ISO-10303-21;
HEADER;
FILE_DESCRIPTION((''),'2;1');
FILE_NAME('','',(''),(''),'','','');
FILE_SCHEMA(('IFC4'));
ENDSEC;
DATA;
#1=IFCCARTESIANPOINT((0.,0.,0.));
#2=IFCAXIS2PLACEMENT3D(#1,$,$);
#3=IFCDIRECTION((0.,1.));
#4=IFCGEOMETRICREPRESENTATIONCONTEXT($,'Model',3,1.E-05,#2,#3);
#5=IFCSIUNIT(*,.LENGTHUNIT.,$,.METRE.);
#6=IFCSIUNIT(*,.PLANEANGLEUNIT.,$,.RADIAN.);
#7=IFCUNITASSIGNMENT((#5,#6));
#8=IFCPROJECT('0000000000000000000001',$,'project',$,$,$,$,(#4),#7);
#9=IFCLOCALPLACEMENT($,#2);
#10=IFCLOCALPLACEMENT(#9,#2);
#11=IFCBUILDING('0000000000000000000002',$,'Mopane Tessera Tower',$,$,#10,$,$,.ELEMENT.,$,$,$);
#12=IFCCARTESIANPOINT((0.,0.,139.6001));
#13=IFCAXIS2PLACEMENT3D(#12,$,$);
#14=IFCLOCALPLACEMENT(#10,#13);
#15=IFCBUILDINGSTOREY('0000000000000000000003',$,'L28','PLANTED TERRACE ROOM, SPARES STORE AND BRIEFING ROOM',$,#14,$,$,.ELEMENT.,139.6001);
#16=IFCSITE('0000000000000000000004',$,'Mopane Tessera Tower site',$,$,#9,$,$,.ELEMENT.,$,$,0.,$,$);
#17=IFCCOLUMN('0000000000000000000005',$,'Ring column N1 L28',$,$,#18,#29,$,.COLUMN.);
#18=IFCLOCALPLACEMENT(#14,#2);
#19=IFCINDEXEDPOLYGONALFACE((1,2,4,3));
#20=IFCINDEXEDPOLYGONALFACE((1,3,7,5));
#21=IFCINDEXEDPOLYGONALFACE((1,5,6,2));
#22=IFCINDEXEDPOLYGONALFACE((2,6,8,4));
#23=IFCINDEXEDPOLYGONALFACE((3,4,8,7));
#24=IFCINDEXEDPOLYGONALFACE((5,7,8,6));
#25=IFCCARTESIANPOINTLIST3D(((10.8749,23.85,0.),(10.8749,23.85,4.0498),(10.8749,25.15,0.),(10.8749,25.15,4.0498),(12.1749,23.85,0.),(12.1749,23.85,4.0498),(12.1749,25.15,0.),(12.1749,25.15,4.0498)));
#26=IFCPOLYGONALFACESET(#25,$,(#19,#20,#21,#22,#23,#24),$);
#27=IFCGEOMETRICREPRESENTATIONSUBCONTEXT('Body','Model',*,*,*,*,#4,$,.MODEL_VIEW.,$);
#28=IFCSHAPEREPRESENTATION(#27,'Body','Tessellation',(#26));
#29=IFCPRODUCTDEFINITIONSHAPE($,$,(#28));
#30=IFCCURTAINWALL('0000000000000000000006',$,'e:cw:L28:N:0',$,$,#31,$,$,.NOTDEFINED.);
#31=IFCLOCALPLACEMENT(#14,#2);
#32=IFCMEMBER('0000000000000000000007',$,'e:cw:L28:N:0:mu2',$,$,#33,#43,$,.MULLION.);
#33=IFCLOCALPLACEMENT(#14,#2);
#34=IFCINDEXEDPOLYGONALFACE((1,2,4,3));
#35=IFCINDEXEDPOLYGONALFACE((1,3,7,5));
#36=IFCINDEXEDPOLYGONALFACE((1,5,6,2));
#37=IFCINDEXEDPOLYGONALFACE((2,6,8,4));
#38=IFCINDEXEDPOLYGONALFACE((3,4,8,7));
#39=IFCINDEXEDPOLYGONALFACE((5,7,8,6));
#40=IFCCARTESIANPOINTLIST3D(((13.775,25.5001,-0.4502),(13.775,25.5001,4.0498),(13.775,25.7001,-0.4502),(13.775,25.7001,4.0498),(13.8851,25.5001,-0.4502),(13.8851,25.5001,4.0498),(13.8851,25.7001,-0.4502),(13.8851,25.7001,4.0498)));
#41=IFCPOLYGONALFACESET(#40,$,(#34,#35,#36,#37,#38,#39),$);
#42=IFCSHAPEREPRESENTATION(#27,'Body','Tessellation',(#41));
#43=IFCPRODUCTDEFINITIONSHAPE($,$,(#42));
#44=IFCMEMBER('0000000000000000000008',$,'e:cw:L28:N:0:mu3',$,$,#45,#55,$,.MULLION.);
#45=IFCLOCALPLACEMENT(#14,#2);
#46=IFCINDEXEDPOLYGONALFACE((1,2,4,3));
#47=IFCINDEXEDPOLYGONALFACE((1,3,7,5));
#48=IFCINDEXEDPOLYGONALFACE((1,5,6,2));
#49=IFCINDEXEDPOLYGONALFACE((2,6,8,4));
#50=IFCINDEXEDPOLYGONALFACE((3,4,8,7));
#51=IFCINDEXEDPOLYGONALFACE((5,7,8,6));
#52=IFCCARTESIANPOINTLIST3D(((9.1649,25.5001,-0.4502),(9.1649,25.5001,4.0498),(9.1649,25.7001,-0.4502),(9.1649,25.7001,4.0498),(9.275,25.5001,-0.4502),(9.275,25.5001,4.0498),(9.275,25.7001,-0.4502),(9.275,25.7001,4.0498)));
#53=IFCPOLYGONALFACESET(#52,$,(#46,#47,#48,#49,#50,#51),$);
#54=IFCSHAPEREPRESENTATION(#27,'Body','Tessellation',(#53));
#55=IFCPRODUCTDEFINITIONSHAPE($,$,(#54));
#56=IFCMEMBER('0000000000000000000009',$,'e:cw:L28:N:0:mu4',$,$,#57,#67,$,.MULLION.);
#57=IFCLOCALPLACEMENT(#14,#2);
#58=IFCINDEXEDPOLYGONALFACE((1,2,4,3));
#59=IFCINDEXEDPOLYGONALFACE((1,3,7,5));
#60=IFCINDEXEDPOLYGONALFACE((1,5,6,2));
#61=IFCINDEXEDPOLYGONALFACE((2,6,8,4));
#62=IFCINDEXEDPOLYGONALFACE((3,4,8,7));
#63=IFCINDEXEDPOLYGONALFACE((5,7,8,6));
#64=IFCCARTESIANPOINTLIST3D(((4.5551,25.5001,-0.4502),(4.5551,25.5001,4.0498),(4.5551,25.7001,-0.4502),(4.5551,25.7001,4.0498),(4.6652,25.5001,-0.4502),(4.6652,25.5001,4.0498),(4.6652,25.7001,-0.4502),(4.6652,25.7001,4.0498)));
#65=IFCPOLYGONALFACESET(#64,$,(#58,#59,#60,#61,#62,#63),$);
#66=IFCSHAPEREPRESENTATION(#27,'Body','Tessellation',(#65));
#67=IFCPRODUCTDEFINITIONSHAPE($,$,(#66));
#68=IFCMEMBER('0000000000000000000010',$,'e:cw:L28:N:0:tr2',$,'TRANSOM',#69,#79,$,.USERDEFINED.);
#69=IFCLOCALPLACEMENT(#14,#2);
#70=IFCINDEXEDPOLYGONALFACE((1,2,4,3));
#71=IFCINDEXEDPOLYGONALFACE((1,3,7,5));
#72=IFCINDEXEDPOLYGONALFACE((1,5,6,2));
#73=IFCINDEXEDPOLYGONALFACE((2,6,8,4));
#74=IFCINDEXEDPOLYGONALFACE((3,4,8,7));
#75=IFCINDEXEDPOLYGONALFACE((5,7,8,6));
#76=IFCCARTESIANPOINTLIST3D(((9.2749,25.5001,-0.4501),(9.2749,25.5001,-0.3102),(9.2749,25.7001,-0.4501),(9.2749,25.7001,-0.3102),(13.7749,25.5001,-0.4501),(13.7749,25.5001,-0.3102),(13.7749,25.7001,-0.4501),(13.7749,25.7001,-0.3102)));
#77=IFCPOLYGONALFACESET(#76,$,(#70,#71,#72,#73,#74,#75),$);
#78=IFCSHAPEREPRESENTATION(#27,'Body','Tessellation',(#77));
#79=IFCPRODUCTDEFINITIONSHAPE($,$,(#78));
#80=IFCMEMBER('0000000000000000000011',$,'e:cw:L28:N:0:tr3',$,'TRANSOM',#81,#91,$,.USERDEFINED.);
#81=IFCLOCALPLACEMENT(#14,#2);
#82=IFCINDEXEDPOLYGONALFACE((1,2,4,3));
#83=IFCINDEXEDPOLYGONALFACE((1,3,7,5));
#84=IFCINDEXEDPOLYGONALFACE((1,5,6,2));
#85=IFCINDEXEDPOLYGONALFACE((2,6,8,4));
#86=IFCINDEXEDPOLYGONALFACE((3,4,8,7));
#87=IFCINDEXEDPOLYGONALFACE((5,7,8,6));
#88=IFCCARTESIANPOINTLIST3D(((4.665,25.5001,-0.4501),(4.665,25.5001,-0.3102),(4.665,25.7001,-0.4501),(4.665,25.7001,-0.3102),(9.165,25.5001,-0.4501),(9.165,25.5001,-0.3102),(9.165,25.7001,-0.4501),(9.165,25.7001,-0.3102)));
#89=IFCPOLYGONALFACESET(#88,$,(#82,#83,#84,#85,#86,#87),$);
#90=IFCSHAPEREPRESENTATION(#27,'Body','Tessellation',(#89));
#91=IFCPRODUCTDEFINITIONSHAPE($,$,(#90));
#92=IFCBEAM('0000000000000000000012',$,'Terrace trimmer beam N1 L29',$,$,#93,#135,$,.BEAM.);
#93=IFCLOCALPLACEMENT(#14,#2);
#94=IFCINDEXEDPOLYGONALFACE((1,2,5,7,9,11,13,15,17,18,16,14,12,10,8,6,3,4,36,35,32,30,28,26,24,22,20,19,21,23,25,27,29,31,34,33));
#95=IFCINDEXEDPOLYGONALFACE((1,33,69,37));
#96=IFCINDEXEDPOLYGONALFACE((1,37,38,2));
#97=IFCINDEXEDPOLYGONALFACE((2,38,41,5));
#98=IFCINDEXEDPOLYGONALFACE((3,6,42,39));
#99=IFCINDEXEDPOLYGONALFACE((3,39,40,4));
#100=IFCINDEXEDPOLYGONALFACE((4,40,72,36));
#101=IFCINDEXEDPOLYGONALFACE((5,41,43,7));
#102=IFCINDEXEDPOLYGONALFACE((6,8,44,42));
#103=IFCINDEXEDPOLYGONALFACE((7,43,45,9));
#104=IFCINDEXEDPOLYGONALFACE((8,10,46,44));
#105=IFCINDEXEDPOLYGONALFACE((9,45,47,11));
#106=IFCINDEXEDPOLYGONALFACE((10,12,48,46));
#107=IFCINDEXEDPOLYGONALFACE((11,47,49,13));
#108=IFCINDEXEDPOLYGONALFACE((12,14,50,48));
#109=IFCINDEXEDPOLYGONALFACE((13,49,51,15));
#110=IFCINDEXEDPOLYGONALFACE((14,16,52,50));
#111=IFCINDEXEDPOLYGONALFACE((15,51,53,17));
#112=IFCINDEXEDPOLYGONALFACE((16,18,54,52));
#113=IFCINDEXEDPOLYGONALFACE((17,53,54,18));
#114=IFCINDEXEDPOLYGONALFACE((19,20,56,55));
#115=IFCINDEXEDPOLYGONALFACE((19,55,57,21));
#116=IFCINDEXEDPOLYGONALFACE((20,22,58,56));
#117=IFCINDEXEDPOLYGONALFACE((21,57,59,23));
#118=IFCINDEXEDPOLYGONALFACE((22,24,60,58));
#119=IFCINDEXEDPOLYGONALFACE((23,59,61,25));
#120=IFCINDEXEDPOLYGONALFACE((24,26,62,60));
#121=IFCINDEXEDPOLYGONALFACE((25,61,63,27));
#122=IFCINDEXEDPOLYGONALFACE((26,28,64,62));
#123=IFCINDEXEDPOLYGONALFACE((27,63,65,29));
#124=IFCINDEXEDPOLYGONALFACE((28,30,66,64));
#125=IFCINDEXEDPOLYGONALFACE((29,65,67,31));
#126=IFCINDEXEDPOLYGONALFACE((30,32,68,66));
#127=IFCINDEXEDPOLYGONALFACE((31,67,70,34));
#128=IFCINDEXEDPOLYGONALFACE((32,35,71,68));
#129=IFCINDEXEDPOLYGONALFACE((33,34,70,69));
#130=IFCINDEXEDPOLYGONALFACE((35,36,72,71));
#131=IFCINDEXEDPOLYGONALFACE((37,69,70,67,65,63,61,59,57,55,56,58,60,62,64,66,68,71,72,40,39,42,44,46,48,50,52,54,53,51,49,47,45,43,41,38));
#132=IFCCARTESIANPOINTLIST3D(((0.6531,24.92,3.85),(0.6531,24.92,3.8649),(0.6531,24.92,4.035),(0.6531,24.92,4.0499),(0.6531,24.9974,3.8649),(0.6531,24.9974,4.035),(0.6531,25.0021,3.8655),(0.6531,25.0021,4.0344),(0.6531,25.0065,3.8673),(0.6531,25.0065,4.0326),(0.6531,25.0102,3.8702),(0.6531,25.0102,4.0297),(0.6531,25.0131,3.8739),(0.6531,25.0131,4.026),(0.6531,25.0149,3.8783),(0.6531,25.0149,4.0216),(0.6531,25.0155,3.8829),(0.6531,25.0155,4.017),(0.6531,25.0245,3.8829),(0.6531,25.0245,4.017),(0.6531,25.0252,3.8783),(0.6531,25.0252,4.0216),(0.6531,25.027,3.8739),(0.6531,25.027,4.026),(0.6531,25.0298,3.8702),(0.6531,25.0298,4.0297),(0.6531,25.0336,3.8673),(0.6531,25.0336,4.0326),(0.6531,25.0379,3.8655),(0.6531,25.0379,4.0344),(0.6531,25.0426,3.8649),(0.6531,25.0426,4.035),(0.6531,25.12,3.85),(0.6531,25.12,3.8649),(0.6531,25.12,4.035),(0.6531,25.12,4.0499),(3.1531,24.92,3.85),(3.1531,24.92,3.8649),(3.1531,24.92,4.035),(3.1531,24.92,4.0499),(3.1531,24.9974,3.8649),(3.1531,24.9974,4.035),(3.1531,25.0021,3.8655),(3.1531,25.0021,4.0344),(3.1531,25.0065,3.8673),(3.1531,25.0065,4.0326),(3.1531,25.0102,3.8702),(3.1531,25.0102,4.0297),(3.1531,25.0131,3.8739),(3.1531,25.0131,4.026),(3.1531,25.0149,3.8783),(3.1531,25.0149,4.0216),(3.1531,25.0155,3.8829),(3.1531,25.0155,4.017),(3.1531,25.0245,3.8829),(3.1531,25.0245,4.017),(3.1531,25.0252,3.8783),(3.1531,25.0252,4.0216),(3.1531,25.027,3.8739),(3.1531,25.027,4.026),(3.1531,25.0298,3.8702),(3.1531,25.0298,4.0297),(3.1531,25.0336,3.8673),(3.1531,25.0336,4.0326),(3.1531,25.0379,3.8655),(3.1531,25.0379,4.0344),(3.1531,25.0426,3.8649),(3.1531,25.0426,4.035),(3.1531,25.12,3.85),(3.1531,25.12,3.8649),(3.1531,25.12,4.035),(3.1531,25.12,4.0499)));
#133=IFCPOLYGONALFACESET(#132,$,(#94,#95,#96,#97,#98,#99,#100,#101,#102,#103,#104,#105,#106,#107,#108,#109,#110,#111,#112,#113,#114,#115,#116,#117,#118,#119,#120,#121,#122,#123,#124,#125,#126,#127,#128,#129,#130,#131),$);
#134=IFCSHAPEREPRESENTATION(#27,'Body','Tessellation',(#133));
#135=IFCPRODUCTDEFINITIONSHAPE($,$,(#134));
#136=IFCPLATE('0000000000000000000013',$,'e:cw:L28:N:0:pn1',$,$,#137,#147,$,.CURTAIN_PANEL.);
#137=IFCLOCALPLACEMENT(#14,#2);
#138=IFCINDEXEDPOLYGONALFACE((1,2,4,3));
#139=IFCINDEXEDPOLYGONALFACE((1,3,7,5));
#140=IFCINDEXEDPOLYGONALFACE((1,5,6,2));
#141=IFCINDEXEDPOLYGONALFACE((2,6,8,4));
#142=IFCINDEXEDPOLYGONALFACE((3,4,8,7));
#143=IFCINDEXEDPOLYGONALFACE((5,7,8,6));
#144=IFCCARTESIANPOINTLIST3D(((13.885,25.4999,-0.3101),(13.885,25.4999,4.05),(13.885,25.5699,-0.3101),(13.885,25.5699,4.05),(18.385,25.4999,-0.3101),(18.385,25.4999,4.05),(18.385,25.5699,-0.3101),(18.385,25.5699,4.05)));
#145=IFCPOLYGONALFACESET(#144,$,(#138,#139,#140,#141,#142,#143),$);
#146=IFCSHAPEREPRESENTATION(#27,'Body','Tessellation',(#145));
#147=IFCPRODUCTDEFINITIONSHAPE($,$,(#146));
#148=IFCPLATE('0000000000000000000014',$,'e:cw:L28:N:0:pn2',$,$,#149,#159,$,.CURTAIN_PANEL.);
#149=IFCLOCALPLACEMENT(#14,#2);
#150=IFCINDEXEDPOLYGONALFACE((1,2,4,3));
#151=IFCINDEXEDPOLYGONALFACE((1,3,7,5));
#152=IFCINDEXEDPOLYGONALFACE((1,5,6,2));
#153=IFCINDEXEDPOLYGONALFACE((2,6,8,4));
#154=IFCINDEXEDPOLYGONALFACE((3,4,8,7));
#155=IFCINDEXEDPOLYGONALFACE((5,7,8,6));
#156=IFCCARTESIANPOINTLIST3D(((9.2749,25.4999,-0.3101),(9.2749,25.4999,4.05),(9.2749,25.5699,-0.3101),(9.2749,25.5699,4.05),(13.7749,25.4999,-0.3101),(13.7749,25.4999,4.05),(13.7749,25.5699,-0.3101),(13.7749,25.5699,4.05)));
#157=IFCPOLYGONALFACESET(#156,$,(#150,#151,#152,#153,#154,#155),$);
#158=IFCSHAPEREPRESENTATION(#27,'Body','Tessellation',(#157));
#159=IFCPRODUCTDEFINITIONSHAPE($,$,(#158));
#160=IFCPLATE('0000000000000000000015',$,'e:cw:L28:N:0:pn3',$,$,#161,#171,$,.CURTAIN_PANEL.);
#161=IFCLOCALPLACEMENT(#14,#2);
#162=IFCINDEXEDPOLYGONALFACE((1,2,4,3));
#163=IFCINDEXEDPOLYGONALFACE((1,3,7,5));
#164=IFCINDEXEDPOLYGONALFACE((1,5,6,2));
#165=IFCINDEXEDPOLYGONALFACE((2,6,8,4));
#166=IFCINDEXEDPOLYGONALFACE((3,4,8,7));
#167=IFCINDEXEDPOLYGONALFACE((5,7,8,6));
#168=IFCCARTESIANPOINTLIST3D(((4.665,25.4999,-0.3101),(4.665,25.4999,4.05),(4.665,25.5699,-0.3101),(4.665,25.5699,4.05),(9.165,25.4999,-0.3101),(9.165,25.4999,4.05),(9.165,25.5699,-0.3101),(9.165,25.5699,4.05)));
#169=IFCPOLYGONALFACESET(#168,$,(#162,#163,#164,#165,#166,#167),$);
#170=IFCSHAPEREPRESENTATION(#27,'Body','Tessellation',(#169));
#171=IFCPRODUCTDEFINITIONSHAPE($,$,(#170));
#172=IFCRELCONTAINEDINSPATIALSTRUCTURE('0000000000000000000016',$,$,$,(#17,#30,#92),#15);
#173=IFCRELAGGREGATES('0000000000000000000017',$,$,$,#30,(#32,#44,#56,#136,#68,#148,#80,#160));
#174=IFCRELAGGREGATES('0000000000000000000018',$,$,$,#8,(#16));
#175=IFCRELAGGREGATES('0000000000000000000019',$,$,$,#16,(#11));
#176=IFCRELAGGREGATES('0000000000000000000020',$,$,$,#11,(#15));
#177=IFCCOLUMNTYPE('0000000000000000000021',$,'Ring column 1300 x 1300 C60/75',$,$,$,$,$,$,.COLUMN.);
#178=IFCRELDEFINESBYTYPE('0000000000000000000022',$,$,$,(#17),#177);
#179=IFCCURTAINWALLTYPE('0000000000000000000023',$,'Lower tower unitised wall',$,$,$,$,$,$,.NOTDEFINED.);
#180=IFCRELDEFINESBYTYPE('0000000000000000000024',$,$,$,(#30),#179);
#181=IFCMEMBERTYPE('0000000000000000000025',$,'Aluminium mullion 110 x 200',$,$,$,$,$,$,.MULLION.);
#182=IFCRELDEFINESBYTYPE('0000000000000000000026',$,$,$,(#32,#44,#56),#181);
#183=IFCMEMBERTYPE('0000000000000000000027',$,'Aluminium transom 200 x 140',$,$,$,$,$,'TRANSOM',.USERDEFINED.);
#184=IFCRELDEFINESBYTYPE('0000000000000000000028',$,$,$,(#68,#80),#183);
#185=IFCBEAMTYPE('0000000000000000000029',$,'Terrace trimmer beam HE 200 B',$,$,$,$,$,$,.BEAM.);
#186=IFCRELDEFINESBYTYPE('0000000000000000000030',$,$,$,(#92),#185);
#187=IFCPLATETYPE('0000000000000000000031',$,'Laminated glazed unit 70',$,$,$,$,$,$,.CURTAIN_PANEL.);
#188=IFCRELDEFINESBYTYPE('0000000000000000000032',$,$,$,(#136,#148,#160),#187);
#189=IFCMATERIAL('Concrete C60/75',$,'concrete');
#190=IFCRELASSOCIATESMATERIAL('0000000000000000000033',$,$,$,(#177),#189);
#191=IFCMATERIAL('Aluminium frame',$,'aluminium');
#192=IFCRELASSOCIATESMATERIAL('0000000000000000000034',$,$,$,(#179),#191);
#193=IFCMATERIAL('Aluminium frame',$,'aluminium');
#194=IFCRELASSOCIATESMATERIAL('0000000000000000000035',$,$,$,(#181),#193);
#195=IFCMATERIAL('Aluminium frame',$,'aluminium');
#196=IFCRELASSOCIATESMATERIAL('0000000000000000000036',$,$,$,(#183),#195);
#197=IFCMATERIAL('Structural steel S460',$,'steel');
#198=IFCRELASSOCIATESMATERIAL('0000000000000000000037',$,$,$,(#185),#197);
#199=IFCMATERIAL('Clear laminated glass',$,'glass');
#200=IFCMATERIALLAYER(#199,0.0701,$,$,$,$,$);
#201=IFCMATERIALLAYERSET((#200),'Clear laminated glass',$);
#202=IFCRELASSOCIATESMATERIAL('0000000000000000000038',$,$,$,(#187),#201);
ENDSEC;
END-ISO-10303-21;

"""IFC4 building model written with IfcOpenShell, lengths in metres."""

from ifc_helpers import new_model, si_unit, direction, frame, origin, origin_2d, place, context, subcontext, project, spatial, rectangle, i_section, extrude, material, layer, layer_set, material_profile, profile_set, type_object, element, aggregate, save


model = new_model("IFC4")

# Units and contexts
model_context = context("Model", 3, precision=1e-05, world=origin(), true_north=direction((0.0, 1.0)))
body_context = subcontext(model_context, "Body", "Model", "MODEL_VIEW")
ifc_project = project(units=[si_unit("LENGTHUNIT", "METRE"), si_unit("PLANEANGLEUNIT", "RADIAN")], contexts=[model_context])

# Site, building, storey
site_placement = place(None, origin())
site = spatial("IfcSite", under=ifc_project, at=site_placement, Name="Mopane Tessera Tower site", CompositionType="ELEMENT", RefElevation=0.0)
building_placement = place(site_placement, origin())
building = spatial("IfcBuilding", under=site, at=building_placement, Name="Mopane Tessera Tower", CompositionType="ELEMENT")
storey_placement = place(building_placement, frame((0.0, 0.0, 139.6001)))
storey = spatial("IfcBuildingStorey", under=building, at=storey_placement, Name="L28", Description="PLANTED TERRACE ROOM, SPARES STORE AND BRIEFING ROOM", CompositionType="ELEMENT", Elevation=139.6001)

# Column
ifc_material_1 = material(Name="Concrete C60/75", Category="concrete")
ifc_material_profile_1 = material_profile(ifc_material_1, rectangle(XDim=1.3, YDim=1.3, at=origin_2d()))
ifc_profile_set_1 = profile_set([ifc_material_profile_1], Name="Concrete C60/75")
column_type = type_object("IfcColumnType", Name="Ring column 1300 x 1300 C60/75", PredefinedType="COLUMN", material=ifc_profile_set_1)
column_placement = place(storey_placement, frame((11.5249, 24.5, 0.0), z_axis=(0.0, 0.0, 1.0), x_axis=(1.0, 0.0, 0.0)))
element("IfcColumn", 1, at=column_placement, inside=storey, type_object=column_type, Name="Ring column N1 L28", PredefinedType="COLUMN", context=body_context, shape_type="SweptSolid", body=[
    extrude(rectangle(XDim=1.3, YDim=1.3, at=origin_2d()), origin(), (0.0, 0.0, 1.0), 4.0498),
])

# Curtain wall, members
ifc_material_2 = material(Name="Aluminium frame", Category="aluminium")
curtain_wall_type = type_object("IfcCurtainWallType", Name="Lower tower unitised wall", PredefinedType="NOTDEFINED", material=ifc_material_2)
curtain_wall_placement = place(storey_placement, origin())
curtain_wall = element("IfcCurtainWall", 2, at=curtain_wall_placement, inside=storey, type_object=curtain_wall_type, Name="e:cw:L28:N:0", PredefinedType="NOTDEFINED")
ifc_material_3 = material(Name="Aluminium frame", Category="aluminium")
ifc_material_profile_2 = material_profile(ifc_material_3, rectangle(XDim=0.1101, YDim=0.2, at=origin_2d()))
ifc_profile_set_2 = profile_set([ifc_material_profile_2], Name="Aluminium frame")
member_type_1 = type_object("IfcMemberType", Name="Aluminium mullion 110 x 200", PredefinedType="MULLION", material=ifc_profile_set_2)
member_1_placement = place(storey_placement, frame((13.8301, 25.6001, -0.4502), z_axis=(0.0, 0.0, 1.0), x_axis=(-1.0, 0.0, 0.0)))
member_1 = element("IfcMember", 3, at=member_1_placement, type_object=member_type_1, Name="e:cw:L28:N:0:mu2", PredefinedType="MULLION", context=body_context, shape_type="SweptSolid", body=[
    extrude(rectangle(XDim=0.1101, YDim=0.2, at=origin_2d()), origin(), (0.0, 0.0, 1.0), 4.5),
])
member_2_placement = place(storey_placement, frame((9.22, 25.6001, -0.4502), z_axis=(0.0, 0.0, 1.0), x_axis=(-1.0, 0.0, 0.0)))
member_2 = element("IfcMember", 4, at=member_2_placement, type_object=member_type_1, Name="e:cw:L28:N:0:mu3", PredefinedType="MULLION", context=body_context, shape_type="SweptSolid", body=[
    extrude(rectangle(XDim=0.1101, YDim=0.2, at=origin_2d()), origin(), (0.0, 0.0, 1.0), 4.5),
])
member_3_placement = place(storey_placement, frame((4.6101, 25.6001, -0.4502), z_axis=(0.0, 0.0, 1.0), x_axis=(-1.0, 0.0, 0.0)))
member_3 = element("IfcMember", 5, at=member_3_placement, type_object=member_type_1, Name="e:cw:L28:N:0:mu4", PredefinedType="MULLION", context=body_context, shape_type="SweptSolid", body=[
    extrude(rectangle(XDim=0.1101, YDim=0.2, at=origin_2d()), origin(), (0.0, 0.0, 1.0), 4.5),
])
ifc_material_4 = material(Name="Aluminium frame", Category="aluminium")
ifc_material_profile_3 = material_profile(ifc_material_4, rectangle(XDim=0.2, YDim=0.1399, at=origin_2d()))
ifc_profile_set_3 = profile_set([ifc_material_profile_3], Name="Aluminium frame")
member_type_2 = type_object("IfcMemberType", Name="Aluminium transom 200 x 140", ElementType="TRANSOM", PredefinedType="USERDEFINED", material=ifc_profile_set_3)
member_4_placement = place(storey_placement, frame((13.7749, 25.6001, -0.3801), z_axis=(-1.0, 0.0, 0.0), x_axis=(0.0, -1.0, 0.0)))
member_4 = element("IfcMember", 6, at=member_4_placement, type_object=member_type_2, Name="e:cw:L28:N:0:tr2", ObjectType="TRANSOM", PredefinedType="USERDEFINED", context=body_context, shape_type="SweptSolid", body=[
    extrude(rectangle(XDim=0.2, YDim=0.1399, at=origin_2d()), origin(), (0.0, 0.0, 1.0), 4.5),
])
member_5_placement = place(storey_placement, frame((9.165, 25.6001, -0.3801), z_axis=(-1.0, 0.0, 0.0), x_axis=(0.0, -1.0, 0.0)))
member_5 = element("IfcMember", 7, at=member_5_placement, type_object=member_type_2, Name="e:cw:L28:N:0:tr3", ObjectType="TRANSOM", PredefinedType="USERDEFINED", context=body_context, shape_type="SweptSolid", body=[
    extrude(rectangle(XDim=0.2, YDim=0.1399, at=origin_2d()), origin(), (0.0, 0.0, 1.0), 4.5),
])

# Beam
ifc_material_5 = material(Name="Structural steel S460", Category="steel")
ifc_material_profile_4 = material_profile(ifc_material_5, i_section(OverallWidth=0.2, OverallDepth=0.2, WebThickness=0.009, FlangeThickness=0.0149, FilletRadius=0.0181, at=origin_2d()))
ifc_profile_set_4 = profile_set([ifc_material_profile_4], Name="Structural steel S460")
beam_type = type_object("IfcBeamType", Name="Terrace trimmer beam HE 200 B", PredefinedType="BEAM", material=ifc_profile_set_4)
beam_placement = place(storey_placement, frame((0.6531, 25.02, 3.95), z_axis=(1.0, 0.0, 0.0), x_axis=(0.0, 1.0, 0.0)))
element("IfcBeam", 8, at=beam_placement, inside=storey, type_object=beam_type, Name="Terrace trimmer beam N1 L29", PredefinedType="BEAM", context=body_context, shape_type="SweptSolid", body=[
    extrude(i_section(OverallWidth=0.2, OverallDepth=0.2, WebThickness=0.009, FlangeThickness=0.0149, FilletRadius=0.0181, at=origin_2d()), origin(), (0.0, 0.0, 1.0), 2.5),
])

# Plates
ifc_material_6 = material(Name="Clear laminated glass", Category="glass")
ifc_layer_1 = layer(ifc_material_6, 0.0701)
ifc_layer_set_1 = layer_set([ifc_layer_1], Name="Clear laminated glass")
plate_type = type_object("IfcPlateType", Name="Laminated glazed unit 70", PredefinedType="CURTAIN_PANEL", material=ifc_layer_set_1)
plate_1_placement = place(storey_placement, frame((16.135, 25.5349, -0.3101), z_axis=(0.0, 0.0, 1.0), x_axis=(-1.0, 0.0, 0.0)))
plate_1 = element("IfcPlate", 9, at=plate_1_placement, type_object=plate_type, Name="e:cw:L28:N:0:pn1", PredefinedType="CURTAIN_PANEL", context=body_context, shape_type="SweptSolid", body=[
    extrude(rectangle(XDim=4.5, YDim=0.0701, at=origin_2d()), origin(), (0.0, 0.0, 1.0), 4.3601),
])
plate_2_placement = place(storey_placement, frame((11.5249, 25.5349, -0.3101), z_axis=(0.0, 0.0, 1.0), x_axis=(-1.0, 0.0, 0.0)))
plate_2 = element("IfcPlate", 10, at=plate_2_placement, type_object=plate_type, Name="e:cw:L28:N:0:pn2", PredefinedType="CURTAIN_PANEL", context=body_context, shape_type="SweptSolid", body=[
    extrude(rectangle(XDim=4.5, YDim=0.0701, at=origin_2d()), origin(), (0.0, 0.0, 1.0), 4.3601),
])
plate_3_placement = place(storey_placement, frame((6.915, 25.5349, -0.3101), z_axis=(0.0, 0.0, 1.0), x_axis=(-1.0, 0.0, 0.0)))
plate_3 = element("IfcPlate", 11, at=plate_3_placement, type_object=plate_type, Name="e:cw:L28:N:0:pn3", PredefinedType="CURTAIN_PANEL", context=body_context, shape_type="SweptSolid", body=[
    extrude(rectangle(XDim=4.5, YDim=0.0701, at=origin_2d()), origin(), (0.0, 0.0, 1.0), 4.3601),
])
aggregate(curtain_wall, [member_1, member_2, member_3, plate_1, member_4, plate_2, member_5, plate_3])

save(model, "model.ifc")
